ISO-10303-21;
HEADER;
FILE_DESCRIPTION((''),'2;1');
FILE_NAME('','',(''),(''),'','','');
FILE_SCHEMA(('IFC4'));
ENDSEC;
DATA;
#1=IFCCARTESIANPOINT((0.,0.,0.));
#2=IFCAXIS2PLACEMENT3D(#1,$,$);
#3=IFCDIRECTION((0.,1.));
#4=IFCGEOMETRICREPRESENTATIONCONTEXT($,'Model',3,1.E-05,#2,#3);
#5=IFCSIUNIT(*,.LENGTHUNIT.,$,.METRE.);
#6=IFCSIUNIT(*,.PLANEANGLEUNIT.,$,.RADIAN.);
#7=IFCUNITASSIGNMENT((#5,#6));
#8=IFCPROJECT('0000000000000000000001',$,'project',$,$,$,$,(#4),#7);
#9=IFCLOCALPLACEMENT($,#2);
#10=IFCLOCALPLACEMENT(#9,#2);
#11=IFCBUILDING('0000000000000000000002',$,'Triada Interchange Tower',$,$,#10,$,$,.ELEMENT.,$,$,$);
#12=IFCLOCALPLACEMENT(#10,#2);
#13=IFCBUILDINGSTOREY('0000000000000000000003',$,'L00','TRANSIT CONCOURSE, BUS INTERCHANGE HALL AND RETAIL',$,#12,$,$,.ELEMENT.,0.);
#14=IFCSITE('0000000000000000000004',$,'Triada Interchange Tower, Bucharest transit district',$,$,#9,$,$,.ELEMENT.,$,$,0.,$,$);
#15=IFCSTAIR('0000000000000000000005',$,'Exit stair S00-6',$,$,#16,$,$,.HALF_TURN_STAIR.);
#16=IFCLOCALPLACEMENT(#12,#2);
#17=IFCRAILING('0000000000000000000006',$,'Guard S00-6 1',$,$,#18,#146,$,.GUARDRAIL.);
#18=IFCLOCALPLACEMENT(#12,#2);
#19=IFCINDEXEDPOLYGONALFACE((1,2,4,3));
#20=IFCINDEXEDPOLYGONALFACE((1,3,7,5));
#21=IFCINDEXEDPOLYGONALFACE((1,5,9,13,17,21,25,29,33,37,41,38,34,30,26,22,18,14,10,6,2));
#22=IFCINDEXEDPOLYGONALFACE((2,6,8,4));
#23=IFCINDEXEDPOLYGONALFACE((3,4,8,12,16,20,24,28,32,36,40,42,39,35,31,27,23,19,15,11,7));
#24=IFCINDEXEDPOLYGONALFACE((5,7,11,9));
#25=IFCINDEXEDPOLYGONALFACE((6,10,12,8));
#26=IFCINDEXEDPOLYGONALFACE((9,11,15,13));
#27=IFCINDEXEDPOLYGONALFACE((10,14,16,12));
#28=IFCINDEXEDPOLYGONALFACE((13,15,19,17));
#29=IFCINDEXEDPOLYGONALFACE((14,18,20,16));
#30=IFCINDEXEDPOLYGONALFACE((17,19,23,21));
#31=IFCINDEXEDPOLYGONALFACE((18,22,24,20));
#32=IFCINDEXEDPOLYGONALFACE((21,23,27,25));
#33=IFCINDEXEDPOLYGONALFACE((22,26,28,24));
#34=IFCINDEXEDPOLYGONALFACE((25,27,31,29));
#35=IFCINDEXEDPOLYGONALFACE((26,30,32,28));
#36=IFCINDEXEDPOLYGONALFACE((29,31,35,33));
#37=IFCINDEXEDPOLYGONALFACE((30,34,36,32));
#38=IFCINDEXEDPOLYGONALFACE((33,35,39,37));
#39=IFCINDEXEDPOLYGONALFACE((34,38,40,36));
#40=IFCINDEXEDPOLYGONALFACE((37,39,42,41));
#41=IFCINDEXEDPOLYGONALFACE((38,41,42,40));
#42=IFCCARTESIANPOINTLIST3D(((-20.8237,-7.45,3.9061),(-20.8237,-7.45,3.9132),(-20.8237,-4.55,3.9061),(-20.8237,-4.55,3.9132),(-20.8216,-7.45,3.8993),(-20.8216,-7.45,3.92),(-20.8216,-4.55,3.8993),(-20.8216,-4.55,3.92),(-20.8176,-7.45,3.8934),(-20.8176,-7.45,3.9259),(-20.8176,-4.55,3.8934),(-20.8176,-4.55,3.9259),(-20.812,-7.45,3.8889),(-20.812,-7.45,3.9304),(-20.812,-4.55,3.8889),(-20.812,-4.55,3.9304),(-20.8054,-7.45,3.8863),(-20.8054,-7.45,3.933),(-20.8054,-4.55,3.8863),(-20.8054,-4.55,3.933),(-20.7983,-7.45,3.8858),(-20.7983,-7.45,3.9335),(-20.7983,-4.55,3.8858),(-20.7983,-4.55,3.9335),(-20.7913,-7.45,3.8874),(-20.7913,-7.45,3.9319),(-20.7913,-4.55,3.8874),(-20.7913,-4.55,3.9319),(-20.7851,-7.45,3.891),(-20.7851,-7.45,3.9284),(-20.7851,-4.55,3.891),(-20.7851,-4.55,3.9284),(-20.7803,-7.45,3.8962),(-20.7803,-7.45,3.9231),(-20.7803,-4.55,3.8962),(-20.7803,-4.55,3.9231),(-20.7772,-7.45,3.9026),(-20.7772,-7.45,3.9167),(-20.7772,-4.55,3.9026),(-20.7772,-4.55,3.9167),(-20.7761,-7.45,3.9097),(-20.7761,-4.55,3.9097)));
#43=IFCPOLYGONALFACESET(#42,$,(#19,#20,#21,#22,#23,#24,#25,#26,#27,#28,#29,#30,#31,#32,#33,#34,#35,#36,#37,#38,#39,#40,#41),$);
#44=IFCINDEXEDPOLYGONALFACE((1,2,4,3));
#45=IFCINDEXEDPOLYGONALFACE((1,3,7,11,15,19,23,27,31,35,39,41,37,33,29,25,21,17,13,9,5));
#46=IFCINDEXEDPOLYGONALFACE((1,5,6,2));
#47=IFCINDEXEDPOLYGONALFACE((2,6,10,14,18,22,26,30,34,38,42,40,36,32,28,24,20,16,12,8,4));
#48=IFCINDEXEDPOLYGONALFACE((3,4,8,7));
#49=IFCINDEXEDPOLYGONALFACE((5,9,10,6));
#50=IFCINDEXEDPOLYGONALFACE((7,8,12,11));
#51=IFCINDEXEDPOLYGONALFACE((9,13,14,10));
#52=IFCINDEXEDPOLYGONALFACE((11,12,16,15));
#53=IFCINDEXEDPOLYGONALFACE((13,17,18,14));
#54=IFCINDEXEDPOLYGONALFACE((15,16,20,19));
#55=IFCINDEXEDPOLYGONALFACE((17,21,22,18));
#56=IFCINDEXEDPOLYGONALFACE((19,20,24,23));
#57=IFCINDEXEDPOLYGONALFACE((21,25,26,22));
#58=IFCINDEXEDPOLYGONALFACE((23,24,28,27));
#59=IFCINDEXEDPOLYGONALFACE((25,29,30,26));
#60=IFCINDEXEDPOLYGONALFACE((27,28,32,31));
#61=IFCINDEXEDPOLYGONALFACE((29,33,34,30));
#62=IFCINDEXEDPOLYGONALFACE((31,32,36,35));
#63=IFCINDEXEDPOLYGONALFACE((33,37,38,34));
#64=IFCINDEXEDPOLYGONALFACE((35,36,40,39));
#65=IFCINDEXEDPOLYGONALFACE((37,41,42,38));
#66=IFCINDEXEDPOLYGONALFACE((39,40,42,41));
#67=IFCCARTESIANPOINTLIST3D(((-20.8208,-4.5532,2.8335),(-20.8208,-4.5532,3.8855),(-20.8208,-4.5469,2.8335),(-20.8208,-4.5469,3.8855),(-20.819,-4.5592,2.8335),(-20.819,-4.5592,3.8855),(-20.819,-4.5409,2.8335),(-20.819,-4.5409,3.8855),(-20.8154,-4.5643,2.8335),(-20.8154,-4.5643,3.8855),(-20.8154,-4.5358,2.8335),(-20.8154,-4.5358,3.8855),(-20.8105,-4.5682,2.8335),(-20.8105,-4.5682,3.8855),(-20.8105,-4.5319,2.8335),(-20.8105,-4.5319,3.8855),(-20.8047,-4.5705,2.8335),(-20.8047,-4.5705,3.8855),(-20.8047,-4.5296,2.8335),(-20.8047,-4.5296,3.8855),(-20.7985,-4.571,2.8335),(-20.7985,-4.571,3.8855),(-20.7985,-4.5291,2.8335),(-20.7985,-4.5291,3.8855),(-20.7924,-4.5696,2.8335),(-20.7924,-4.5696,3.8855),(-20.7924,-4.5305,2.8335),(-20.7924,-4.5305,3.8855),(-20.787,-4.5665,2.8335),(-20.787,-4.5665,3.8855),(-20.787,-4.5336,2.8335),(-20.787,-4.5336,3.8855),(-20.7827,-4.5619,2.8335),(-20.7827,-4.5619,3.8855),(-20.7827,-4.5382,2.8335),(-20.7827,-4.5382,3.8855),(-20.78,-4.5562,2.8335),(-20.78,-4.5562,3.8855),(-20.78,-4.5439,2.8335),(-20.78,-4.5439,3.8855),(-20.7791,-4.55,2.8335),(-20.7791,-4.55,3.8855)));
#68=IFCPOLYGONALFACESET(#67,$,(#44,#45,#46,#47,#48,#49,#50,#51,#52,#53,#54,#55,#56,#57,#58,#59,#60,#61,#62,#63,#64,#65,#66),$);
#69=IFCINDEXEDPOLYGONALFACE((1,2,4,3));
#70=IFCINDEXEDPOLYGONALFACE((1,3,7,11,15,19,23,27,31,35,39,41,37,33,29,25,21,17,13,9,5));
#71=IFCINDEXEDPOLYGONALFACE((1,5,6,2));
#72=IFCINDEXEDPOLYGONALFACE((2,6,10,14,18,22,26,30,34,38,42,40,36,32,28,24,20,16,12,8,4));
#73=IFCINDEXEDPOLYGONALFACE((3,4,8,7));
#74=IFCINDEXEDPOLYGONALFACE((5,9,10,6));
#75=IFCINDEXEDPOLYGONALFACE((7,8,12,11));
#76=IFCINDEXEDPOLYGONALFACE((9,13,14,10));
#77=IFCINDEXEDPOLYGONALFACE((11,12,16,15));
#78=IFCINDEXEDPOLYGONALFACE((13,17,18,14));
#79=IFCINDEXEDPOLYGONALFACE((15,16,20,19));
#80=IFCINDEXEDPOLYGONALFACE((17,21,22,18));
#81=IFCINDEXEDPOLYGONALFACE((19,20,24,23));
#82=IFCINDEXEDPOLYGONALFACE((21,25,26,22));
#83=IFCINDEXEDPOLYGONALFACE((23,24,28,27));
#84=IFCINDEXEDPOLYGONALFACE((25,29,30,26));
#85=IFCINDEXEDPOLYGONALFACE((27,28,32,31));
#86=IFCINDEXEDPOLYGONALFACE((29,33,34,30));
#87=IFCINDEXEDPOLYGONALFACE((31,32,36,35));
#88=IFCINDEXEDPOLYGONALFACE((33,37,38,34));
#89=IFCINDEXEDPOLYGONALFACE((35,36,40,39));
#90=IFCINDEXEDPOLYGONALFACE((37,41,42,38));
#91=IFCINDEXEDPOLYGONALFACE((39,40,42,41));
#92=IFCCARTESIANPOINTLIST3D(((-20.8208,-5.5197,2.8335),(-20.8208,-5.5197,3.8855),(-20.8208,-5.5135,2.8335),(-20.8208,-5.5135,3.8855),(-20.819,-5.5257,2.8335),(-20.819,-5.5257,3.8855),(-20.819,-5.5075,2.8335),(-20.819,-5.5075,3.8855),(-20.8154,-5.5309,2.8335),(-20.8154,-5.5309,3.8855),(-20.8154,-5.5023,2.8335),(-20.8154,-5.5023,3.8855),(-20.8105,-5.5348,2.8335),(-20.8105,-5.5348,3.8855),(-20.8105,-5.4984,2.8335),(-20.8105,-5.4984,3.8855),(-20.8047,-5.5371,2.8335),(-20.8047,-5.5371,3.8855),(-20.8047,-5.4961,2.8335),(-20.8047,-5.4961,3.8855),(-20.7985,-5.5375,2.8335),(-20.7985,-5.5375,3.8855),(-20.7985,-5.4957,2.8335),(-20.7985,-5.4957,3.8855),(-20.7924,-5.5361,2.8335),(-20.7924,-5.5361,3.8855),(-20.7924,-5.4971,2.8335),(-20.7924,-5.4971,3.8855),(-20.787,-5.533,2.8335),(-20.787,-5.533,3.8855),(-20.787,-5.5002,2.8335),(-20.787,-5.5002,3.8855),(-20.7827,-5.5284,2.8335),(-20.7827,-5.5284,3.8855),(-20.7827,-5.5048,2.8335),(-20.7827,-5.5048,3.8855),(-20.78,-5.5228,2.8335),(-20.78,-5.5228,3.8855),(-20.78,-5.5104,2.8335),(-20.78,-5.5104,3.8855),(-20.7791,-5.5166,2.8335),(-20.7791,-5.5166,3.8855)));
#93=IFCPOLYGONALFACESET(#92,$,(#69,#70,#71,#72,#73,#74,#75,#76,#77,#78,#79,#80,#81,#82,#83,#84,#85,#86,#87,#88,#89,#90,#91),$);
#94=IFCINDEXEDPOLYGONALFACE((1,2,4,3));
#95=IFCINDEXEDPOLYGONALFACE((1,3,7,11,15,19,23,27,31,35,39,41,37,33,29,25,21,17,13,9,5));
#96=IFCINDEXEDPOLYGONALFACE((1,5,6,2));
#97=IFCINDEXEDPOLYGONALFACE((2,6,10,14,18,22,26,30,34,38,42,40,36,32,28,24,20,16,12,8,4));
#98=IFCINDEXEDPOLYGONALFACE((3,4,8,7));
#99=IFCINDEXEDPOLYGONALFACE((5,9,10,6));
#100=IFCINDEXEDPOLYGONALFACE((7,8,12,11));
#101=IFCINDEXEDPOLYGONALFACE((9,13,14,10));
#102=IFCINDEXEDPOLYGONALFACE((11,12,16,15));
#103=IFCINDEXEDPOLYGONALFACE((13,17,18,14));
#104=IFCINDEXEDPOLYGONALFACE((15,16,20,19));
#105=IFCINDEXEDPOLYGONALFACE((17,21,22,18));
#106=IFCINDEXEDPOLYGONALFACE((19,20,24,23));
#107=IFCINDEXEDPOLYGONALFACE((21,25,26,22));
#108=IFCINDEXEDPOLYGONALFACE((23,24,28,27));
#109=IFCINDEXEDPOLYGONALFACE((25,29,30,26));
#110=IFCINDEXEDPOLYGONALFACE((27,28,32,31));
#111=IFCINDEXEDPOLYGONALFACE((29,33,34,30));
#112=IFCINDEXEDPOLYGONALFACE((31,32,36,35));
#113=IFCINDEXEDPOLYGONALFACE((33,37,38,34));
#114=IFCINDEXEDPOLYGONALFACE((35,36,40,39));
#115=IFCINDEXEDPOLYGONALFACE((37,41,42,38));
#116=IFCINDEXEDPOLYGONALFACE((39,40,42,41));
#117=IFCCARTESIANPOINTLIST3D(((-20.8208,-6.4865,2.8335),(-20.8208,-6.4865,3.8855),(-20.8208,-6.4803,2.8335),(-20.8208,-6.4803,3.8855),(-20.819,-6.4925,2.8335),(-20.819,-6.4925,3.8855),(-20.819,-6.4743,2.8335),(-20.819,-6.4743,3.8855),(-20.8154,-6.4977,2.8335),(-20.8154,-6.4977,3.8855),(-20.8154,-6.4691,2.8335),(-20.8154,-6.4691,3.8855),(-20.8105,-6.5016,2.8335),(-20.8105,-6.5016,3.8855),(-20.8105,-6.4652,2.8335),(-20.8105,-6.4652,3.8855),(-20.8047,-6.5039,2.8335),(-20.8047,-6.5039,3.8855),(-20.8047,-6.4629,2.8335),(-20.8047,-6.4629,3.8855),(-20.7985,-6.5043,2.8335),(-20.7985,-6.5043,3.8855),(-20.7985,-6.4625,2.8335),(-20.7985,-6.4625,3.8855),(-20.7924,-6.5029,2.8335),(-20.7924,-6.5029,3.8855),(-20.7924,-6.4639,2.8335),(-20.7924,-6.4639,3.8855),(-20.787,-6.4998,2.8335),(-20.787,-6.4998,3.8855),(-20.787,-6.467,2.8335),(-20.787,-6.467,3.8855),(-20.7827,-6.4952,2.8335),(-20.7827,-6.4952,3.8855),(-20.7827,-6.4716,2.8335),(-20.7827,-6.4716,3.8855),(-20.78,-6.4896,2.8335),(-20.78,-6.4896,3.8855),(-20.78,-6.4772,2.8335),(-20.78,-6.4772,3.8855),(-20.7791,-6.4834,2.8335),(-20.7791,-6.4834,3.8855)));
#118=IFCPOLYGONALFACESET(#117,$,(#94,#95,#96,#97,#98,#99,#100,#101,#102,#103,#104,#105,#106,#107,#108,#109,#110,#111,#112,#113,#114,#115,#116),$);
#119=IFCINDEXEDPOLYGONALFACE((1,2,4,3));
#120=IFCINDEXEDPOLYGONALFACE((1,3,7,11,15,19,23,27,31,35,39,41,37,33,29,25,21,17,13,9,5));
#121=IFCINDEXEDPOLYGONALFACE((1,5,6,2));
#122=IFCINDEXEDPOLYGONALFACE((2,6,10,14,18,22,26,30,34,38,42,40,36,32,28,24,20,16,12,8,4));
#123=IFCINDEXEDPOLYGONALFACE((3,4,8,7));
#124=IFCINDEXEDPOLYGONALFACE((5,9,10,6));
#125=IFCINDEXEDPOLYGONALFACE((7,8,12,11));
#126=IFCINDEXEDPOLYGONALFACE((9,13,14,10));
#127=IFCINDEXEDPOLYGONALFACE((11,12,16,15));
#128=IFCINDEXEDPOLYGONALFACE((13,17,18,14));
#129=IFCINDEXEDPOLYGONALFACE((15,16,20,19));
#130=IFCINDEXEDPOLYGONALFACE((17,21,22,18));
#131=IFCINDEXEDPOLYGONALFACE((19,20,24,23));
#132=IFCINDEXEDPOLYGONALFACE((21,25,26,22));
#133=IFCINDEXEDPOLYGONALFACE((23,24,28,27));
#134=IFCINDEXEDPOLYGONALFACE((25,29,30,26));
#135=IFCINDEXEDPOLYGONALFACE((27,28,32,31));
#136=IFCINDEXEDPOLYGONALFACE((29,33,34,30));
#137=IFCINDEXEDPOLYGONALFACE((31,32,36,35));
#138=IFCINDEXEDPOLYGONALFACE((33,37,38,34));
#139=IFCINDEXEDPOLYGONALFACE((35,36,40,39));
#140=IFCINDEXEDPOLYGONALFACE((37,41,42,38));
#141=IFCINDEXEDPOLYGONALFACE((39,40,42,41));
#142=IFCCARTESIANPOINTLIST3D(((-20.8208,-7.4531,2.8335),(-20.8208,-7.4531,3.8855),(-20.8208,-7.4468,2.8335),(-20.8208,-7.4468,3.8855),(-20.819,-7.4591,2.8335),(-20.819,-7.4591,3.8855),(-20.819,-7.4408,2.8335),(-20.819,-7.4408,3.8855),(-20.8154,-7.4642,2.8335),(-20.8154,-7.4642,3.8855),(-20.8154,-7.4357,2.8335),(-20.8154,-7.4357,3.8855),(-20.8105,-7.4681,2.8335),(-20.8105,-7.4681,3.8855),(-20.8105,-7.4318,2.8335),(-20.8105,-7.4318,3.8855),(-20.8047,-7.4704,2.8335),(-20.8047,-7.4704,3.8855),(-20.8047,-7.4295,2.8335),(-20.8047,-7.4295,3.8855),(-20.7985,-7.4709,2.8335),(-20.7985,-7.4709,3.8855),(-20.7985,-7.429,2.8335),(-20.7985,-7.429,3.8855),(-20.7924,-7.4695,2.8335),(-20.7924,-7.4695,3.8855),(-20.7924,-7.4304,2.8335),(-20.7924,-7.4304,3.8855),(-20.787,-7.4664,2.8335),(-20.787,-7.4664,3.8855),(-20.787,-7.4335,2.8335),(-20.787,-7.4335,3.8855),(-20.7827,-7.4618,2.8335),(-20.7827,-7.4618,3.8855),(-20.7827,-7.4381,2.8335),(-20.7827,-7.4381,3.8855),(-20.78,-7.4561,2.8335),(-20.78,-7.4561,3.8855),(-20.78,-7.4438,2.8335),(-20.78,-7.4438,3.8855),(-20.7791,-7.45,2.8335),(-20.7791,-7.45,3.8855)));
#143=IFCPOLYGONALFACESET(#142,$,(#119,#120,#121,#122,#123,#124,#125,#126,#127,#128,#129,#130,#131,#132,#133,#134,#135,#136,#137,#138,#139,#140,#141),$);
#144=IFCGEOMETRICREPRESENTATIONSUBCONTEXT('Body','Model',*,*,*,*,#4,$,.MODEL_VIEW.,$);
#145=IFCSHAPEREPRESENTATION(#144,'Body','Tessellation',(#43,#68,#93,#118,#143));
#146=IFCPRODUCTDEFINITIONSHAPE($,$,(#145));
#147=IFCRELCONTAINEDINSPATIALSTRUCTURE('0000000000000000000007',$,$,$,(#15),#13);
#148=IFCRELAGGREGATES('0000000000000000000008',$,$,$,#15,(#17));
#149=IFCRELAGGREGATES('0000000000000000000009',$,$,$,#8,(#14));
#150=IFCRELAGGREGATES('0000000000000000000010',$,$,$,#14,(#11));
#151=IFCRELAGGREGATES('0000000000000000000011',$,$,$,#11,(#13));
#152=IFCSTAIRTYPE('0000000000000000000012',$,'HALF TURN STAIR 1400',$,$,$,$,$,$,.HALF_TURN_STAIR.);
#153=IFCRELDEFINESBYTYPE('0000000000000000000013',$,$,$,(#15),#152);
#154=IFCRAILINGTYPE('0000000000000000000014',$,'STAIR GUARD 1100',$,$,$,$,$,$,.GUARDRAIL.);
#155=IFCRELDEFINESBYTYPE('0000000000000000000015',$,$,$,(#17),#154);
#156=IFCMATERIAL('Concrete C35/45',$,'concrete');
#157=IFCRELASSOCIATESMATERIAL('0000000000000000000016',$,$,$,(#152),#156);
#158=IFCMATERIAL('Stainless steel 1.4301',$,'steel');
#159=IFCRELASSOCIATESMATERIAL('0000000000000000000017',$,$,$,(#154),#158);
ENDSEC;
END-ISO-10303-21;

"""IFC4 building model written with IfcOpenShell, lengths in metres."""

from ifc_helpers import new_model, si_unit, direction, frame, origin, origin_2d, place, context, subcontext, project, spatial, circle, extrude, material, type_object, element, aggregate, save


model = new_model("IFC4")

# Units and contexts
model_context = context("Model", 3, precision=1e-05, world=origin(), true_north=direction((0.0, 1.0)))
body_context = subcontext(model_context, "Body", "Model", "MODEL_VIEW")
ifc_project = project(units=[si_unit("LENGTHUNIT", "METRE"), si_unit("PLANEANGLEUNIT", "RADIAN")], contexts=[model_context])

# Site, building, storey
site_placement = place(None, origin())
site = spatial("IfcSite", under=ifc_project, at=site_placement, Name="Triada Interchange Tower, Bucharest transit district", CompositionType="ELEMENT", RefElevation=0.0)
building_placement = place(site_placement, origin())
building = spatial("IfcBuilding", under=site, at=building_placement, Name="Triada Interchange Tower", CompositionType="ELEMENT")
storey_placement = place(building_placement, origin())
storey = spatial("IfcBuildingStorey", under=building, at=storey_placement, Name="L00", Description="TRANSIT CONCOURSE, BUS INTERCHANGE HALL AND RETAIL", CompositionType="ELEMENT", Elevation=0.0)

# Shared definitions
ifc_material_1 = material(Name="Concrete C35/45", Category="concrete")

# Stair, railing
stair_type = type_object("IfcStairType", Name="HALF TURN STAIR 1400", PredefinedType="HALF_TURN_STAIR", material=ifc_material_1)
stair_placement = place(storey_placement, origin())
stair = element("IfcStair", 1, at=stair_placement, inside=storey, type_object=stair_type, Name="Exit stair S00-6", PredefinedType="HALF_TURN_STAIR")
ifc_material_2 = material(Name="Stainless steel 1.4301", Category="steel")
railing_type_1 = type_object("IfcRailingType", Name="STAIR GUARD 1100", PredefinedType="GUARDRAIL", material=ifc_material_2)
railing_1_placement = place(storey_placement, frame((-20.8, -4.55, 2.8335)))
railing_1 = element("IfcRailing", 2, at=railing_1_placement, type_object=railing_type_1, Name="Guard S00-6 1", PredefinedType="GUARDRAIL", context=body_context, shape_type="SweptSolid", body=[
    extrude(circle(Radius=0.0239, at=origin_2d()), frame((0.0, 0.0, 1.0762), z_axis=(0.0, -1.0, 0.0), x_axis=(1.0, 0.0, 0.0)), (0.0, 0.0, 1.0), 2.8999),
    extrude(circle(Radius=0.021, at=origin_2d()), origin(), (0.0, 0.0, 1.0), 1.052),
    extrude(circle(Radius=0.021, at=origin_2d()), frame((0.0, -0.9666, 0.0)), (0.0, 0.0, 1.0), 1.052),
    extrude(circle(Radius=0.021, at=origin_2d()), frame((0.0, -1.9333, 0.0)), (0.0, 0.0, 1.0), 1.052),
    extrude(circle(Radius=0.021, at=origin_2d()), frame((0.0, -2.8999, 0.0)), (0.0, 0.0, 1.0), 1.052),
])
aggregate(stair, [railing_1])

save(model, "model.ifc")
